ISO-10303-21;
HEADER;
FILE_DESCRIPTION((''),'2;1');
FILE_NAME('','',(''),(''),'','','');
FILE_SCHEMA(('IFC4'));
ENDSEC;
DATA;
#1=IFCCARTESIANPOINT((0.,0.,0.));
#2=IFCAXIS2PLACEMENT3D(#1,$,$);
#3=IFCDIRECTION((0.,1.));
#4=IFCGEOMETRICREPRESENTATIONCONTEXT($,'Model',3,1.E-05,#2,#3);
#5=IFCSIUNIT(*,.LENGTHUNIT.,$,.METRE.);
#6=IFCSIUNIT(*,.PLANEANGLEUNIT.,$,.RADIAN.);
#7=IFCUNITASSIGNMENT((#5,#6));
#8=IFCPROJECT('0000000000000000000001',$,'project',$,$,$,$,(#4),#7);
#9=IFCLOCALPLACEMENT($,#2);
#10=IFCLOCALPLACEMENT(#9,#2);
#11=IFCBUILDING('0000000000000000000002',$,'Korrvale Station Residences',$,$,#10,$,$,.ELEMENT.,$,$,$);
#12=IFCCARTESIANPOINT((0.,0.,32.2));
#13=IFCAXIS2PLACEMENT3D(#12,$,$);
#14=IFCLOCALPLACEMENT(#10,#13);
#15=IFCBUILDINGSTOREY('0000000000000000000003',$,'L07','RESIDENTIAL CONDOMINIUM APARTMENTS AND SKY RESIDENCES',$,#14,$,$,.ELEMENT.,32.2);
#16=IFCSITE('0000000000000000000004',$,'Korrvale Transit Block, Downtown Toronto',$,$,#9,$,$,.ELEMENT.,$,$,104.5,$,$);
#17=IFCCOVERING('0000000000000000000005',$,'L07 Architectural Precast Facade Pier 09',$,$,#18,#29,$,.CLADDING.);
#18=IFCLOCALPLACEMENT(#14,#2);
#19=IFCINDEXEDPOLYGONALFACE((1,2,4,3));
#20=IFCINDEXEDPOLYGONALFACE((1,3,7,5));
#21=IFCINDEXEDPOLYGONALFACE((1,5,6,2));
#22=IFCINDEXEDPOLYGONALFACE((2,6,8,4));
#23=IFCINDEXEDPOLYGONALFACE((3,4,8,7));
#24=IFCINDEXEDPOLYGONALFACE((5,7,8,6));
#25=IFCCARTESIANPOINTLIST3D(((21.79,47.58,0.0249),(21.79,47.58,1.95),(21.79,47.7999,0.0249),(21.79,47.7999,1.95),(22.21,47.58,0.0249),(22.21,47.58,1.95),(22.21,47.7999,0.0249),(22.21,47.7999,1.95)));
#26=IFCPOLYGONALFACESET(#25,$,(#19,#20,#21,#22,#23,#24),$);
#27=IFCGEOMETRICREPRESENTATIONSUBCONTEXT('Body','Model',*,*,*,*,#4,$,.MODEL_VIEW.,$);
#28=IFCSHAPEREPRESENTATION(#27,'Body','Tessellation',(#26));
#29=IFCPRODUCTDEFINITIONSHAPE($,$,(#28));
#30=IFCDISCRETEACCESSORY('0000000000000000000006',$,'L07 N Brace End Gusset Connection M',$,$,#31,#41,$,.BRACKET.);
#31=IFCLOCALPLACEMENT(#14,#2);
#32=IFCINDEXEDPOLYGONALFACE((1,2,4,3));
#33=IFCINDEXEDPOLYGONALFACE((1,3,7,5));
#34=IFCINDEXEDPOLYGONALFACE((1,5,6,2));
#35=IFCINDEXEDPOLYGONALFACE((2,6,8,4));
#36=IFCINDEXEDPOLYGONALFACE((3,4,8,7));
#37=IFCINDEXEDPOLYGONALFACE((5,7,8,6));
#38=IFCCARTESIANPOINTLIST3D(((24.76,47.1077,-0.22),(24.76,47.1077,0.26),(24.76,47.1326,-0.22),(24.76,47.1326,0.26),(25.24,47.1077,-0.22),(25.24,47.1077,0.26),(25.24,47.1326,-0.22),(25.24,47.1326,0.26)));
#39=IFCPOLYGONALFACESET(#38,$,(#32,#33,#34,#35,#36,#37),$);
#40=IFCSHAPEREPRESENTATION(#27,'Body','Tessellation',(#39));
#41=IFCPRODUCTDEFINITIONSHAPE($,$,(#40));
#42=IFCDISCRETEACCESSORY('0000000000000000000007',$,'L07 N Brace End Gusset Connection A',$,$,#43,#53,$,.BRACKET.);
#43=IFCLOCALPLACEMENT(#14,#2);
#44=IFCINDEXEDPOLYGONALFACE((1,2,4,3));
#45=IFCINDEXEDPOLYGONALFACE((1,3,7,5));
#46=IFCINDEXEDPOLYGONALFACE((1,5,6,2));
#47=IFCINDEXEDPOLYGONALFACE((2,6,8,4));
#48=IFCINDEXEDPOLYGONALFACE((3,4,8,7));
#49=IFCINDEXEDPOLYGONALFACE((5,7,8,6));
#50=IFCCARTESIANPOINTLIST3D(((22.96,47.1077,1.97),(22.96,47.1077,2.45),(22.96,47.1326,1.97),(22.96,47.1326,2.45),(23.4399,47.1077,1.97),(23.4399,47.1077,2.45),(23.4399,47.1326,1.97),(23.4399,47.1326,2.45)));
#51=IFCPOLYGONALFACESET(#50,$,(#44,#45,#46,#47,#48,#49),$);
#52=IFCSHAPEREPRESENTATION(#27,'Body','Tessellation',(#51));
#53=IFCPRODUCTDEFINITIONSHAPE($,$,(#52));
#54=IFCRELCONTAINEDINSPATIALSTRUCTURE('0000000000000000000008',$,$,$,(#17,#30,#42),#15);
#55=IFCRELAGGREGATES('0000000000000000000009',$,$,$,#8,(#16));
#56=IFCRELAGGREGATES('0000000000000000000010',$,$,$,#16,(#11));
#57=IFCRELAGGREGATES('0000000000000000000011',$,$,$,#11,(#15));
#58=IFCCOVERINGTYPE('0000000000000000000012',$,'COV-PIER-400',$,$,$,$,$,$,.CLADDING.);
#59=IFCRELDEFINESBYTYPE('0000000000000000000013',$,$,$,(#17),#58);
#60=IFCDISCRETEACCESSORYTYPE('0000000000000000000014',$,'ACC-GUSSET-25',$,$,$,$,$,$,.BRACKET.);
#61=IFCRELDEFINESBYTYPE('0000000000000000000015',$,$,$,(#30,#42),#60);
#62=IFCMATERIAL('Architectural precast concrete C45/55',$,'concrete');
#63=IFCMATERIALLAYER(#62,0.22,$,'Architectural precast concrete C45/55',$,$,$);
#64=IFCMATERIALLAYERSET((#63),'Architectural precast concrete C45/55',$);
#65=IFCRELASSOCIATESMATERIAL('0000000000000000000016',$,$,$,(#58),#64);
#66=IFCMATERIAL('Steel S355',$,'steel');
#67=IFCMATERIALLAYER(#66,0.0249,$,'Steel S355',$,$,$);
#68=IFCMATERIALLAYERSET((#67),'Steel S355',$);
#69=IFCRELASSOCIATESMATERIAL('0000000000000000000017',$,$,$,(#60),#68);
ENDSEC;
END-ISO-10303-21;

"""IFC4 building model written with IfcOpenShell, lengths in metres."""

from ifc_helpers import new_model, si_unit, direction, frame, origin, origin_2d, place, context, subcontext, project, spatial, rectangle, extrude, material, layer, layer_set, type_object, element, save


model = new_model("IFC4")

# Units and contexts
model_context = context("Model", 3, precision=1e-05, world=origin(), true_north=direction((0.0, 1.0)))
body_context = subcontext(model_context, "Body", "Model", "MODEL_VIEW")
ifc_project = project(units=[si_unit("LENGTHUNIT", "METRE"), si_unit("PLANEANGLEUNIT", "RADIAN")], contexts=[model_context])

# Site, building, storey
site_placement = place(None, origin())
site = spatial("IfcSite", under=ifc_project, at=site_placement, Name="Korrvale Transit Block, Downtown Toronto", CompositionType="ELEMENT", RefElevation=104.5)
building_placement = place(site_placement, origin())
building = spatial("IfcBuilding", under=site, at=building_placement, Name="Korrvale Station Residences", CompositionType="ELEMENT")
storey_placement = place(building_placement, frame((0.0, 0.0, 32.2)))
storey = spatial("IfcBuildingStorey", under=building, at=storey_placement, Name="L07", Description="RESIDENTIAL CONDOMINIUM APARTMENTS AND SKY RESIDENCES", CompositionType="ELEMENT", Elevation=32.2)

# Shared definitions
ifc_material_1 = material(Name="Steel S355", Category="steel")

# Covering
ifc_material_2 = material(Name="Architectural precast concrete C45/55", Category="concrete")
ifc_layer_1 = layer(ifc_material_2, 0.22, Name="Architectural precast concrete C45/55")
ifc_layer_set_1 = layer_set([ifc_layer_1], Name="Architectural precast concrete C45/55")
covering_type = type_object("IfcCoveringType", Name="COV-PIER-400", PredefinedType="CLADDING", material=ifc_layer_set_1)
for number, where, z_axis, x_axis, name in (
    (1, (22.0, 47.6899, 0.0249), (0.0, 0.0, 1.0), (1.0, 0.0, 0.0), "L07 Architectural Precast Facade Pier 09"),
):
    element("IfcCovering", number, at=place(storey_placement, frame(where, z_axis=z_axis, x_axis=x_axis)), inside=storey, type_object=covering_type, Name=name, PredefinedType="CLADDING", context=body_context, shape_type="SweptSolid", body=[
        extrude(rectangle(XDim=0.4199, YDim=0.22, at=origin_2d()), origin(), (0.0, 0.0, 1.0), 1.925),
    ])

# Discrete accessories
ifc_layer_2 = layer(ifc_material_1, 0.0249, Name="Steel S355")
ifc_layer_set_2 = layer_set([ifc_layer_2], Name="Steel S355")
discrete_accessory_type = type_object("IfcDiscreteAccessoryType", Name="ACC-GUSSET-25", PredefinedType="BRACKET", material=ifc_layer_set_2)
for number, where, z_axis, x_axis, name in (
    (2, (25.0, 47.1201, -0.22), (0.0, 0.0, 1.0), (1.0, 0.0, 0.0), "L07 N Brace End Gusset Connection M"),
    (3, (23.2, 47.1201, 1.97), (0.0, 0.0, 1.0), (1.0, 0.0, 0.0), "L07 N Brace End Gusset Connection A"),
):
    element("IfcDiscreteAccessory", number, at=place(storey_placement, frame(where, z_axis=z_axis, x_axis=x_axis)), inside=storey, type_object=discrete_accessory_type, Name=name, PredefinedType="BRACKET", context=body_context, shape_type="SweptSolid", body=[
        extrude(rectangle(XDim=0.48, YDim=0.0249, at=origin_2d()), origin(), (0.0, 0.0, 1.0), 0.48),
    ])

save(model, "model.ifc")
